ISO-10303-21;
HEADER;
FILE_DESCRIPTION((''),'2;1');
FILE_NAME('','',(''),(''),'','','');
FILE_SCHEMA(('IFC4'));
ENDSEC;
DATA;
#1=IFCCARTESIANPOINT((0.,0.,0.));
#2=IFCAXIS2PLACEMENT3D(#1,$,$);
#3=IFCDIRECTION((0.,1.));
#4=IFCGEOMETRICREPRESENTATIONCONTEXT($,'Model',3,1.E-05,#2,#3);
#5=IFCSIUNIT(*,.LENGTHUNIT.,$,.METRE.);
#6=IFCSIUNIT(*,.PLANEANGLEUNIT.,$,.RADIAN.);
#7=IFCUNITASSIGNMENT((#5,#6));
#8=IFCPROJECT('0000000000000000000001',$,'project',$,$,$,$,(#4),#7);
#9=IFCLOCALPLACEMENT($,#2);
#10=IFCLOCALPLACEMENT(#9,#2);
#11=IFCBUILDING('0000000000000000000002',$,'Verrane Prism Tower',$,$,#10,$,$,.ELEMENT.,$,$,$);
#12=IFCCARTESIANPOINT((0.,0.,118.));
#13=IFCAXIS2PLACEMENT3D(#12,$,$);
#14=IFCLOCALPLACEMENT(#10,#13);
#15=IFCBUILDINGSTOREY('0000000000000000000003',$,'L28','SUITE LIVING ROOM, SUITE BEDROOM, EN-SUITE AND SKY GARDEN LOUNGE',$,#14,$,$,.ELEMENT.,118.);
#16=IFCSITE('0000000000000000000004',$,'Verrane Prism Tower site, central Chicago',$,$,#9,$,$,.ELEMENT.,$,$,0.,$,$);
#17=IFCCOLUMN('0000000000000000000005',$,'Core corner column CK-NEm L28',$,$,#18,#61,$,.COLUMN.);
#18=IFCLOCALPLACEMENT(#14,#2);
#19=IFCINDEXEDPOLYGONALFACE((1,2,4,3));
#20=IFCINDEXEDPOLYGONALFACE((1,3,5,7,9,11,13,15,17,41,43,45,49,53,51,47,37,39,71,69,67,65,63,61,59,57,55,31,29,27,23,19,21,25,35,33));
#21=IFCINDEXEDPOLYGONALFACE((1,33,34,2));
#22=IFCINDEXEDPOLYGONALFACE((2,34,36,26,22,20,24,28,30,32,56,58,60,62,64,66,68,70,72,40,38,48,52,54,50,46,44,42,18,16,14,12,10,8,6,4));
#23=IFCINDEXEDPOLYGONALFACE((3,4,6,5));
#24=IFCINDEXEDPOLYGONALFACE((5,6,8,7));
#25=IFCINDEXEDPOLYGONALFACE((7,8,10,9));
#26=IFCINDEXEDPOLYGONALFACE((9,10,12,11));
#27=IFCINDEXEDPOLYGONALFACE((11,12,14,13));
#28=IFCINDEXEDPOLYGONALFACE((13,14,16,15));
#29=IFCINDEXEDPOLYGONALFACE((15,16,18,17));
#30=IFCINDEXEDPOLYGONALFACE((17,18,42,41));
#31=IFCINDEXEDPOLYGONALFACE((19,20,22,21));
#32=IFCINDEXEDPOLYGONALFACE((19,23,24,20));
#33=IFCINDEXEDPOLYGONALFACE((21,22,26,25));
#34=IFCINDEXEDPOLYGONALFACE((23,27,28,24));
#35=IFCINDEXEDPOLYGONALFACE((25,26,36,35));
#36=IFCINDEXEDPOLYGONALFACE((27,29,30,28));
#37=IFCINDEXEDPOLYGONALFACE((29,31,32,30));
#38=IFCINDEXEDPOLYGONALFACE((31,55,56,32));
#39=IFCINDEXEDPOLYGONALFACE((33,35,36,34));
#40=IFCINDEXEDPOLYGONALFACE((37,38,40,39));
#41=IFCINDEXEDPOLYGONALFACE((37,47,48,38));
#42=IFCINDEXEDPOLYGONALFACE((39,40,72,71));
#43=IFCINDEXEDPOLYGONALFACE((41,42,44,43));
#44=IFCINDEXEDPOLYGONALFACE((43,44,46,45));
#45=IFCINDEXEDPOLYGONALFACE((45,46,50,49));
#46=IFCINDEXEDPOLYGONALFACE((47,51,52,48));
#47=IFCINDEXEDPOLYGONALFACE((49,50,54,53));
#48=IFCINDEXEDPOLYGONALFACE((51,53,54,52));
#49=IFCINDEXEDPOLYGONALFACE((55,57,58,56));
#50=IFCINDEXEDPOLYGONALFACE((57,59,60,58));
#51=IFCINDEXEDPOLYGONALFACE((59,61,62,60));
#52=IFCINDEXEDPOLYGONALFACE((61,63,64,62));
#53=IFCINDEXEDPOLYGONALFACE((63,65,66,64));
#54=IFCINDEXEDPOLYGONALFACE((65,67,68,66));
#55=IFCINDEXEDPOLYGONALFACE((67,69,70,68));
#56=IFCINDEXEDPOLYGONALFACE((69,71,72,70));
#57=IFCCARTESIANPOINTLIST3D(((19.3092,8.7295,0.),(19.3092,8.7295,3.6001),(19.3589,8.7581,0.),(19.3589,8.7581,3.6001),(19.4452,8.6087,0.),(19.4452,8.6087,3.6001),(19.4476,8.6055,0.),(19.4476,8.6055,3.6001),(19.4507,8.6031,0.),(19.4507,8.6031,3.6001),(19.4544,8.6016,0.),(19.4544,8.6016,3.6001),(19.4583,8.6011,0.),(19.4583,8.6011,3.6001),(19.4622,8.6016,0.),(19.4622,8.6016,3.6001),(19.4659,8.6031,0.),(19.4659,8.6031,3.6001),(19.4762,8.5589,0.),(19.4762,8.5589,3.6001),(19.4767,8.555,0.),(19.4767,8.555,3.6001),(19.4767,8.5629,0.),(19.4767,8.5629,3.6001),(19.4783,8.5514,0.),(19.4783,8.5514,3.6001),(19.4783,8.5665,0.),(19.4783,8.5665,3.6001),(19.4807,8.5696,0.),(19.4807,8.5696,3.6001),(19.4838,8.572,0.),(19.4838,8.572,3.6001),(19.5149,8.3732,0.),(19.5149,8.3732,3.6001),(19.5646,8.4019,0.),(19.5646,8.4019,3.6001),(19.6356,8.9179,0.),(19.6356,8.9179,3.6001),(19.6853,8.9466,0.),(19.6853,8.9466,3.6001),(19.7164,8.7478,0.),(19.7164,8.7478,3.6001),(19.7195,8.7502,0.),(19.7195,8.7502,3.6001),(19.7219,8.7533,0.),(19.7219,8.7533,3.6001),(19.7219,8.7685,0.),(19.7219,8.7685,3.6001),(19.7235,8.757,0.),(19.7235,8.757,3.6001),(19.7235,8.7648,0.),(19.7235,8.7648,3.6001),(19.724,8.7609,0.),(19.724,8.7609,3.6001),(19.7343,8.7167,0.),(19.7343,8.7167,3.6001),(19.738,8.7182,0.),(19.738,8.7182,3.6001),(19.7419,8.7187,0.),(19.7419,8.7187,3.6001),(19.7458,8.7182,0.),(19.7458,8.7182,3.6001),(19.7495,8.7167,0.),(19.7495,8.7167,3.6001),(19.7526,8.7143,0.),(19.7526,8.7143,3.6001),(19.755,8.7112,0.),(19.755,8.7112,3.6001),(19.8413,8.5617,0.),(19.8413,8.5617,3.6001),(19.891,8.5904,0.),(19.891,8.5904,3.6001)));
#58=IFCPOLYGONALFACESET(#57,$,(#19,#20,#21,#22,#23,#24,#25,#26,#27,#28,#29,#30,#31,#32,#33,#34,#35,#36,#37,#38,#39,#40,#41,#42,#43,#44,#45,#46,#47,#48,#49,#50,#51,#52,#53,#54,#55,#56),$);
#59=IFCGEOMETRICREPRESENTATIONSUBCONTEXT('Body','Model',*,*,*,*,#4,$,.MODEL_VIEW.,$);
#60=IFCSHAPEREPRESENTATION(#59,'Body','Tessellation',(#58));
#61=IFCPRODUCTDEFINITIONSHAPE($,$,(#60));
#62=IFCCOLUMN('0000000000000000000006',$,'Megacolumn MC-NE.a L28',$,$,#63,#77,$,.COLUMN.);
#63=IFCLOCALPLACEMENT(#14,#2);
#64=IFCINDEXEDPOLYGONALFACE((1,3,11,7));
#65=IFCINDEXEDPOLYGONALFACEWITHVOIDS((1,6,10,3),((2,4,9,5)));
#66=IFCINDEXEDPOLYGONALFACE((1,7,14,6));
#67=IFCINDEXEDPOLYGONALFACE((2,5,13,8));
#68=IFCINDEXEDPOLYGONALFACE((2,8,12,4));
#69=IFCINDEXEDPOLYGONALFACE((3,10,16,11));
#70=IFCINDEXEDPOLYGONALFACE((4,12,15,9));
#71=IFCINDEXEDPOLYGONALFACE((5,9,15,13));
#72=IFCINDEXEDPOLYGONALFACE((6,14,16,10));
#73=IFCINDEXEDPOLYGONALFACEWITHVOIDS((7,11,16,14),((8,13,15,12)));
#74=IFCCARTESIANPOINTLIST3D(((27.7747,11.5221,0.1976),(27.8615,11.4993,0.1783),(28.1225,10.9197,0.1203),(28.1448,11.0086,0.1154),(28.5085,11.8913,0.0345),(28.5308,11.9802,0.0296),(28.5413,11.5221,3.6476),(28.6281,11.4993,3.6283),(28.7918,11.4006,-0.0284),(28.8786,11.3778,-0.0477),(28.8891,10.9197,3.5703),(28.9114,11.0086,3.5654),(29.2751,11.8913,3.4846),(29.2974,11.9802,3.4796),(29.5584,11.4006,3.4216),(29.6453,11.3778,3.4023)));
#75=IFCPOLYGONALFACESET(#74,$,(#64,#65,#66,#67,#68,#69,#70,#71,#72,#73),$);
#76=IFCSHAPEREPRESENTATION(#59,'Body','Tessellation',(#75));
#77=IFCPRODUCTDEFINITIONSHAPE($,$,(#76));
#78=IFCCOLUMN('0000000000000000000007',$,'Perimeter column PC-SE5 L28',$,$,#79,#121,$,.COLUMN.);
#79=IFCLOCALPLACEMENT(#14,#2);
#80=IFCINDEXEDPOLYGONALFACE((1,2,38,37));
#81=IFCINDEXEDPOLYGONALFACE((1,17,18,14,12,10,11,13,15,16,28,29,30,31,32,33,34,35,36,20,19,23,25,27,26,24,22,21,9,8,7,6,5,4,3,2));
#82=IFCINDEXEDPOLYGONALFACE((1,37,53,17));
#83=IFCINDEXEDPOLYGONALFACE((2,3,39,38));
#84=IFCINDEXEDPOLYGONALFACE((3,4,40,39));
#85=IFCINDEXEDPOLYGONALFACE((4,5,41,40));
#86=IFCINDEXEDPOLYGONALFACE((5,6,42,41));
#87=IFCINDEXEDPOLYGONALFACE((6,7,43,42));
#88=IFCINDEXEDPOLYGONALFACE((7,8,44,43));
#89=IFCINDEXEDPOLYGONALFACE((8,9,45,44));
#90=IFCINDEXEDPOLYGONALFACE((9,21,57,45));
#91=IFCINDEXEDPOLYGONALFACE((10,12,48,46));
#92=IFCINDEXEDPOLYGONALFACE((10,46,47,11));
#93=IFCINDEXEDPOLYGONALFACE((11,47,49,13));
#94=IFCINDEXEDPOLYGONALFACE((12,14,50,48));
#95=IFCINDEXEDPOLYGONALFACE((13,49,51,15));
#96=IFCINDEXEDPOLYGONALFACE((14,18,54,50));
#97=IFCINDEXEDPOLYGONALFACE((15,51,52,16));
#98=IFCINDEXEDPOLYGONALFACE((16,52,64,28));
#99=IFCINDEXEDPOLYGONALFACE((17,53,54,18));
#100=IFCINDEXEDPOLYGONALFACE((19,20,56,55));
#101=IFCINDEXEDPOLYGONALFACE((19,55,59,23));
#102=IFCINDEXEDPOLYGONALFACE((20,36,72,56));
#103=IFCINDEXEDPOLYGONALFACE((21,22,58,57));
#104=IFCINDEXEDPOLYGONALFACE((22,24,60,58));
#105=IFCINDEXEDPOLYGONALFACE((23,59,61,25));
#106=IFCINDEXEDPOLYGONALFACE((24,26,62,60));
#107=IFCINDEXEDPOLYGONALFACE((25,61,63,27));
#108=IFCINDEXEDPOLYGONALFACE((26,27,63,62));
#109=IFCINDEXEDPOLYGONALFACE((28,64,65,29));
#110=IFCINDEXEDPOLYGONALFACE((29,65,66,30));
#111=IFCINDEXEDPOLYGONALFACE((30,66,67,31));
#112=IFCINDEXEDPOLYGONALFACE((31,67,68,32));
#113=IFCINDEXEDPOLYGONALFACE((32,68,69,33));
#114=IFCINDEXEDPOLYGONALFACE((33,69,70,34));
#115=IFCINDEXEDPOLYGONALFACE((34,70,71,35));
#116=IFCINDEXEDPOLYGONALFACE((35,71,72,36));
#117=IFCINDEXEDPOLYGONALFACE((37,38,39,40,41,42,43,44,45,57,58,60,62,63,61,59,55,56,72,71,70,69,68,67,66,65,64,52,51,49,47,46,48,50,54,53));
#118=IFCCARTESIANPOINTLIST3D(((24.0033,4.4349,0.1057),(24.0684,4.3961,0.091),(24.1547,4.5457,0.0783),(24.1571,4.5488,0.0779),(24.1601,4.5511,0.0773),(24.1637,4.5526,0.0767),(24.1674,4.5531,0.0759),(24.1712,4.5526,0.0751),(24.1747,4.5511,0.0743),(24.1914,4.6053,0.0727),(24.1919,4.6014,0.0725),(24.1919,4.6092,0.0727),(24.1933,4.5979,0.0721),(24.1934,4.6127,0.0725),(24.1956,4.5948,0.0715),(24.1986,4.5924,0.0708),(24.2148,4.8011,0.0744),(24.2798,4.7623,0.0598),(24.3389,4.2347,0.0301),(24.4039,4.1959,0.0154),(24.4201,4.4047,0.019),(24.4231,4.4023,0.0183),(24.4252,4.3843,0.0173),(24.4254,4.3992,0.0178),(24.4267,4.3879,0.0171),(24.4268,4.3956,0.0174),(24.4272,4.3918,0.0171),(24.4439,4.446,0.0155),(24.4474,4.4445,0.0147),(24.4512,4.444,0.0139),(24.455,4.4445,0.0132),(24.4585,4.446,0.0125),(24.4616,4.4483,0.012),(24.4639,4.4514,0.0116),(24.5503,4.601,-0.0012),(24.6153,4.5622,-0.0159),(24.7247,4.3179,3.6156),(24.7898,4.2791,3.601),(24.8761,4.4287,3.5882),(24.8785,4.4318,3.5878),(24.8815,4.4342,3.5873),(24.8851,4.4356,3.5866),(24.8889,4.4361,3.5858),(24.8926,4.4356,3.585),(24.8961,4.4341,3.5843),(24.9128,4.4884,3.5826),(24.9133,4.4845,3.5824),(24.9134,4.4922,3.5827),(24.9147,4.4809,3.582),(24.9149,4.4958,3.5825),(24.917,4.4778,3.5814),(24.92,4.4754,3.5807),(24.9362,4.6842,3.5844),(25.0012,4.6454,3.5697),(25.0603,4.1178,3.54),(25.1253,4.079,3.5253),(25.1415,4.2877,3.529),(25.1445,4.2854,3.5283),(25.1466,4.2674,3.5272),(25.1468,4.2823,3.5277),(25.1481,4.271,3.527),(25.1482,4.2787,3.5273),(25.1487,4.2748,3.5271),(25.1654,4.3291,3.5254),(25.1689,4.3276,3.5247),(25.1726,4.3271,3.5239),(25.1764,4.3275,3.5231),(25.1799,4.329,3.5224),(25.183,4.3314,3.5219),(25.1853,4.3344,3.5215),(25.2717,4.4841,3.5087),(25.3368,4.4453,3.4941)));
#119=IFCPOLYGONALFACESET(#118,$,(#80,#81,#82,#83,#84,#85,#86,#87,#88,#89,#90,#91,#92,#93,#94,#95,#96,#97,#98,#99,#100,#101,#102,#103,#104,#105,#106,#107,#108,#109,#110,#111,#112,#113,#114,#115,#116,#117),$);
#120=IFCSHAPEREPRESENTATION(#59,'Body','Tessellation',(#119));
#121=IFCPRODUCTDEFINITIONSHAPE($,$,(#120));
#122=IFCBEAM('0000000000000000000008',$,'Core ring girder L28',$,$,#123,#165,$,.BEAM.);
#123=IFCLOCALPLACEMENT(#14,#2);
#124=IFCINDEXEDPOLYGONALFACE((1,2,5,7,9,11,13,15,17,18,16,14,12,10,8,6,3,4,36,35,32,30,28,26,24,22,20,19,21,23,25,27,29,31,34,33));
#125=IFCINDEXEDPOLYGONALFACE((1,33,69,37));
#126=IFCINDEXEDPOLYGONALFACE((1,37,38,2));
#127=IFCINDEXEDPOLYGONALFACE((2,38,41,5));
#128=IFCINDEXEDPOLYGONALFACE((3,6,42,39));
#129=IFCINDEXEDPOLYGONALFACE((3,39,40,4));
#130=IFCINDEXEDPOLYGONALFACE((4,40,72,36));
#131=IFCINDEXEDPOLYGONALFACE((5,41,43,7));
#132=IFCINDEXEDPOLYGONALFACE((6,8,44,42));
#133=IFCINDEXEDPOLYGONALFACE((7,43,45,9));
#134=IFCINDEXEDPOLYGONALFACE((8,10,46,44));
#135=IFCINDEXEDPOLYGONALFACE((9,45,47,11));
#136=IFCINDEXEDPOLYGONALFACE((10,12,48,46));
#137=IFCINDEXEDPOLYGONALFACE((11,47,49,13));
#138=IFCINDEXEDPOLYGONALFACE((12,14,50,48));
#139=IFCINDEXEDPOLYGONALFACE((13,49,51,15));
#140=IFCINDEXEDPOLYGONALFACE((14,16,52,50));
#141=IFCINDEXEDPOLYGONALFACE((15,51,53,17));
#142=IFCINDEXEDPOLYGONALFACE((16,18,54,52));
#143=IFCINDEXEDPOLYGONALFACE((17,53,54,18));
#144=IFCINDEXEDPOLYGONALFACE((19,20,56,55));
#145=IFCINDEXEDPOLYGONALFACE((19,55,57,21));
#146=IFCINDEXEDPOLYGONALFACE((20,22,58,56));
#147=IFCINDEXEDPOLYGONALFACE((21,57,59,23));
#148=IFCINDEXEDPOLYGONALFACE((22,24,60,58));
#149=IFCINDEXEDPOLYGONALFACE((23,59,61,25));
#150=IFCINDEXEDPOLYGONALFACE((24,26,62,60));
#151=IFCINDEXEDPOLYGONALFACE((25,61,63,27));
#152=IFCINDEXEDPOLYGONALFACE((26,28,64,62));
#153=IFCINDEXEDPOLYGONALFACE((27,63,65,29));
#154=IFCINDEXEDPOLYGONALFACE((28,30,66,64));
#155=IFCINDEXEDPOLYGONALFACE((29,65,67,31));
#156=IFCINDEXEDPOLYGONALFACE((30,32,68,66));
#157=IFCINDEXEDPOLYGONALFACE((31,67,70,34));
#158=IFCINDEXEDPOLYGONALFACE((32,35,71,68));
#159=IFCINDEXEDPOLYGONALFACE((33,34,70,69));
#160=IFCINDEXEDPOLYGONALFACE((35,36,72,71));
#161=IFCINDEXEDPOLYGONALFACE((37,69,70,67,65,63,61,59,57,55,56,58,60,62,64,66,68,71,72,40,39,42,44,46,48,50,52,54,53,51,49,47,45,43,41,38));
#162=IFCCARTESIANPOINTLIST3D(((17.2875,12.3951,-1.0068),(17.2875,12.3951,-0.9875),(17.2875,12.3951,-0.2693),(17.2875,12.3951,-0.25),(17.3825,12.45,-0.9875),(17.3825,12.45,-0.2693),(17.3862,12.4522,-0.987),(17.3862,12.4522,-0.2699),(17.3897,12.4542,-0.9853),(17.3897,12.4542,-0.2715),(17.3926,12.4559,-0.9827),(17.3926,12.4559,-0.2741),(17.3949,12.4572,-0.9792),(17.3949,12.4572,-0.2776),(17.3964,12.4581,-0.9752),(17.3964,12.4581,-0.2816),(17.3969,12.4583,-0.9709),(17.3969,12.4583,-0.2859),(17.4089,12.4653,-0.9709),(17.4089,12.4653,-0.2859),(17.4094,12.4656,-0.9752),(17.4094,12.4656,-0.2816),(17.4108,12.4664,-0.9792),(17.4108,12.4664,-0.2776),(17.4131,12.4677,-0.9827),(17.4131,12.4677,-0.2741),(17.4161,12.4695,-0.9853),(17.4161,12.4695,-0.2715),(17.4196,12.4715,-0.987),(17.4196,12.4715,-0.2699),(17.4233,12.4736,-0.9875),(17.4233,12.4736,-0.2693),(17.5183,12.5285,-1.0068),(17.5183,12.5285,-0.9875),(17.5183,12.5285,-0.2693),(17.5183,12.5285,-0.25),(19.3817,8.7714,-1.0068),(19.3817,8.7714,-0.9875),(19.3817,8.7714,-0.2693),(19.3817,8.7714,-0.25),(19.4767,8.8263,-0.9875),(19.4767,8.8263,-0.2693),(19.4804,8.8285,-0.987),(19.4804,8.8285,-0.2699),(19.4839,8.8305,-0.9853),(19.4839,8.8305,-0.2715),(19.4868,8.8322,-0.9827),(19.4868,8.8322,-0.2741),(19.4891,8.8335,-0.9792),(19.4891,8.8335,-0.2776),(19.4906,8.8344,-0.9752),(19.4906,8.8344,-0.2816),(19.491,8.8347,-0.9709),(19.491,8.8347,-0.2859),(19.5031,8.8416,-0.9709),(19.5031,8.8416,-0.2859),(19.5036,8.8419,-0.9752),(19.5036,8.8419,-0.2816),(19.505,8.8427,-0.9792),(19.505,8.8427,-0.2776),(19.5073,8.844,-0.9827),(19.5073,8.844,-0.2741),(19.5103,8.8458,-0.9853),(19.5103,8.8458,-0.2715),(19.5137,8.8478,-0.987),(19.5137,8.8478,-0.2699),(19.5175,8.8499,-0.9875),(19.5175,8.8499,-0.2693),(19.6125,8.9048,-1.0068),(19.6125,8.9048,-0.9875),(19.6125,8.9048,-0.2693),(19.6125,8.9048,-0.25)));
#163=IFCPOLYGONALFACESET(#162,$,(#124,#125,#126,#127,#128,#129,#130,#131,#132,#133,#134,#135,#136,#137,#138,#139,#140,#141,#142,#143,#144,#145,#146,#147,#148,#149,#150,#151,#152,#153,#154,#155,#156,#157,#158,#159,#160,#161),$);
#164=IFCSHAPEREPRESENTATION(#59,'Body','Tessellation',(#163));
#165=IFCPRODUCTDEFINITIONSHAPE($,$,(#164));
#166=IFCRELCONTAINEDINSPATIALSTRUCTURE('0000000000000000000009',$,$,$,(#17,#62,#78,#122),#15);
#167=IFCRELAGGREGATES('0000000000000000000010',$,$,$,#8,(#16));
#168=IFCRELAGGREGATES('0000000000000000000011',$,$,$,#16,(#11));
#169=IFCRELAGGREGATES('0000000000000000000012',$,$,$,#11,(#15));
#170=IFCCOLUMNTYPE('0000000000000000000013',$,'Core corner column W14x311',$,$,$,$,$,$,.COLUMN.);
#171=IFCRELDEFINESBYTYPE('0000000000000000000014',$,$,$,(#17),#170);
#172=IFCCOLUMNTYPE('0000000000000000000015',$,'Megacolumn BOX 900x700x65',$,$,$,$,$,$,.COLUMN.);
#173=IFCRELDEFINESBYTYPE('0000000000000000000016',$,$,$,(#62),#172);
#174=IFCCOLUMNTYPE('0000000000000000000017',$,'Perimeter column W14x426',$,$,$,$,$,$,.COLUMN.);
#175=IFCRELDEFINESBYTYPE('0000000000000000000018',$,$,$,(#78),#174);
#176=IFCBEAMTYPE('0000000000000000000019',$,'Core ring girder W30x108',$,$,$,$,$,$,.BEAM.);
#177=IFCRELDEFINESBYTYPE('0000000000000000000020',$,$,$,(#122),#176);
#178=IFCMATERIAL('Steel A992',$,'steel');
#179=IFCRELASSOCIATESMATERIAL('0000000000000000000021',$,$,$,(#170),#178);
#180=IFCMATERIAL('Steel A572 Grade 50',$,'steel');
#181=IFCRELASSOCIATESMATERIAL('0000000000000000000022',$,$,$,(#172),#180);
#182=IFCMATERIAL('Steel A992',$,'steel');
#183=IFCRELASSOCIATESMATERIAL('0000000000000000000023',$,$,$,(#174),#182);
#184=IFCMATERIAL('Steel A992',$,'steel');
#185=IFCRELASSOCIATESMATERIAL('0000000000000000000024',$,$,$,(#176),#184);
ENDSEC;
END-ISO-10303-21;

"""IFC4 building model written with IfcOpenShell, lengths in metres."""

from ifc_helpers import new_model, si_unit, direction, frame, origin, origin_2d, place, context, subcontext, project, spatial, hollow_rectangle, i_section, extrude, material, material_profile, profile_set, type_object, element, save


model = new_model("IFC4")

# Units and contexts
model_context = context("Model", 3, precision=1e-05, world=origin(), true_north=direction((0.0, 1.0)))
body_context = subcontext(model_context, "Body", "Model", "MODEL_VIEW")
ifc_project = project(units=[si_unit("LENGTHUNIT", "METRE"), si_unit("PLANEANGLEUNIT", "RADIAN")], contexts=[model_context])

# Site, building, storey
site_placement = place(None, origin())
site = spatial("IfcSite", under=ifc_project, at=site_placement, Name="Verrane Prism Tower site, central Chicago", CompositionType="ELEMENT", RefElevation=0.0)
building_placement = place(site_placement, origin())
building = spatial("IfcBuilding", under=site, at=building_placement, Name="Verrane Prism Tower", CompositionType="ELEMENT")
storey_placement = place(building_placement, frame((0.0, 0.0, 118.0)))
storey = spatial("IfcBuildingStorey", under=building, at=storey_placement, Name="L28", Description="SUITE LIVING ROOM, SUITE BEDROOM, EN-SUITE AND SKY GARDEN LOUNGE", CompositionType="ELEMENT", Elevation=118.0)

# Columns
ifc_material_1 = material(Name="Steel A992", Category="steel")
ifc_material_profile_1 = material_profile(ifc_material_1, i_section(OverallWidth=0.4114, OverallDepth=0.4343, WebThickness=0.0359, FlangeThickness=0.0574, FilletRadius=0.0151, at=origin_2d()), Name="W14x311")
ifc_profile_set_1 = profile_set([ifc_material_profile_1], Name="Steel A992")
column_type_1 = type_object("IfcColumnType", Name="Core corner column W14x311", PredefinedType="COLUMN", material=ifc_profile_set_1)
column_1_placement = place(storey_placement, frame((19.6001, 8.6599, 0.0), z_axis=(0.0, 0.0, 1.0), x_axis=(0.5, -0.866025, 0.0)))
element("IfcColumn", 1, at=column_1_placement, inside=storey, type_object=column_type_1, Name="Core corner column CK-NEm L28", PredefinedType="COLUMN", context=body_context, shape_type="SweptSolid", body=[
    extrude(i_section(OverallWidth=0.4114, OverallDepth=0.4343, WebThickness=0.0359, FlangeThickness=0.0574, FilletRadius=0.0151, at=origin_2d()), origin(), (0.0, 0.0, 1.0), 3.6001),
])
ifc_material_2 = material(Name="Steel A572 Grade 50", Category="steel")
ifc_material_profile_2 = material_profile(ifc_material_2, hollow_rectangle(XDim=0.7, YDim=0.8999, WallThickness=0.0649, at=origin_2d()), Name="BOX 900x700x65")
ifc_profile_set_2 = profile_set([ifc_material_profile_2], Name="Steel A572 Grade 50")
column_type_2 = type_object("IfcColumnType", Name="Megacolumn BOX 900x700x65", PredefinedType="COLUMN", material=ifc_profile_set_2)
column_2_placement = place(storey_placement, frame((28.3267, 11.45, 0.075), z_axis=(0.216916, 0.0, 0.97619), x_axis=(0.496943, -0.860729, -0.110424)))
element("IfcColumn", 2, at=column_2_placement, inside=storey, type_object=column_type_2, Name="Megacolumn MC-NE.a L28", PredefinedType="COLUMN", context=body_context, shape_type="SweptSolid", body=[
    extrude(hollow_rectangle(XDim=0.7, YDim=0.8999, WallThickness=0.0649, at=origin_2d()), origin(), (0.0, 0.0, 1.0), 3.5342),
])
ifc_material_3 = material(Name="Steel A992", Category="steel")
ifc_material_profile_3 = material_profile(ifc_material_3, i_section(OverallWidth=0.4241, OverallDepth=0.4751, WebThickness=0.0479, FlangeThickness=0.0771, FilletRadius=0.0149, at=origin_2d()), Name="W14x426")
ifc_profile_set_3 = profile_set([ifc_material_profile_3], Name="Steel A992")
column_type_3 = type_object("IfcColumnType", Name="Perimeter column W14x426", PredefinedType="COLUMN", material=ifc_profile_set_3)
column_3_placement = place(storey_placement, frame((24.3093, 4.4985, 0.0449), z_axis=(0.201221, -0.032618, 0.979003), x_axis=(-0.498587, -0.863701, 0.073702)))
element("IfcColumn", 3, at=column_3_placement, inside=storey, type_object=column_type_3, Name="Perimeter column PC-SE5 L28", PredefinedType="COLUMN", context=body_context, shape_type="SweptSolid", body=[
    extrude(i_section(OverallWidth=0.4241, OverallDepth=0.4751, WebThickness=0.0479, FlangeThickness=0.0771, FilletRadius=0.0149, at=origin_2d()), origin(), (0.0, 0.0, 1.0), 3.5852),
])

# Beam
ifc_material_4 = material(Name="Steel A992", Category="steel")
ifc_material_profile_4 = material_profile(ifc_material_4, i_section(OverallWidth=0.2666, OverallDepth=0.7568, WebThickness=0.0139, FlangeThickness=0.0193, FilletRadius=0.0166, at=origin_2d()), Name="W30x108")
ifc_profile_set_4 = profile_set([ifc_material_profile_4], Name="Steel A992")
beam_type_1 = type_object("IfcBeamType", Name="Core ring girder W30x108", PredefinedType="BEAM", material=ifc_profile_set_4)
beam_1_placement = place(storey_placement, frame((19.4971, 8.8381, -0.6284), z_axis=(-0.500367, 0.865813, 0.0), x_axis=(-0.865813, -0.500367, 0.0)))
element("IfcBeam", 4, at=beam_1_placement, inside=storey, type_object=beam_type_1, Name="Core ring girder L28", PredefinedType="BEAM", context=body_context, shape_type="SweptSolid", body=[
    extrude(i_section(OverallWidth=0.2666, OverallDepth=0.7568, WebThickness=0.0139, FlangeThickness=0.0193, FilletRadius=0.0166, at=origin_2d()), origin(), (0.0, 0.0, 1.0), 4.1853),
])

save(model, "model.ifc")
